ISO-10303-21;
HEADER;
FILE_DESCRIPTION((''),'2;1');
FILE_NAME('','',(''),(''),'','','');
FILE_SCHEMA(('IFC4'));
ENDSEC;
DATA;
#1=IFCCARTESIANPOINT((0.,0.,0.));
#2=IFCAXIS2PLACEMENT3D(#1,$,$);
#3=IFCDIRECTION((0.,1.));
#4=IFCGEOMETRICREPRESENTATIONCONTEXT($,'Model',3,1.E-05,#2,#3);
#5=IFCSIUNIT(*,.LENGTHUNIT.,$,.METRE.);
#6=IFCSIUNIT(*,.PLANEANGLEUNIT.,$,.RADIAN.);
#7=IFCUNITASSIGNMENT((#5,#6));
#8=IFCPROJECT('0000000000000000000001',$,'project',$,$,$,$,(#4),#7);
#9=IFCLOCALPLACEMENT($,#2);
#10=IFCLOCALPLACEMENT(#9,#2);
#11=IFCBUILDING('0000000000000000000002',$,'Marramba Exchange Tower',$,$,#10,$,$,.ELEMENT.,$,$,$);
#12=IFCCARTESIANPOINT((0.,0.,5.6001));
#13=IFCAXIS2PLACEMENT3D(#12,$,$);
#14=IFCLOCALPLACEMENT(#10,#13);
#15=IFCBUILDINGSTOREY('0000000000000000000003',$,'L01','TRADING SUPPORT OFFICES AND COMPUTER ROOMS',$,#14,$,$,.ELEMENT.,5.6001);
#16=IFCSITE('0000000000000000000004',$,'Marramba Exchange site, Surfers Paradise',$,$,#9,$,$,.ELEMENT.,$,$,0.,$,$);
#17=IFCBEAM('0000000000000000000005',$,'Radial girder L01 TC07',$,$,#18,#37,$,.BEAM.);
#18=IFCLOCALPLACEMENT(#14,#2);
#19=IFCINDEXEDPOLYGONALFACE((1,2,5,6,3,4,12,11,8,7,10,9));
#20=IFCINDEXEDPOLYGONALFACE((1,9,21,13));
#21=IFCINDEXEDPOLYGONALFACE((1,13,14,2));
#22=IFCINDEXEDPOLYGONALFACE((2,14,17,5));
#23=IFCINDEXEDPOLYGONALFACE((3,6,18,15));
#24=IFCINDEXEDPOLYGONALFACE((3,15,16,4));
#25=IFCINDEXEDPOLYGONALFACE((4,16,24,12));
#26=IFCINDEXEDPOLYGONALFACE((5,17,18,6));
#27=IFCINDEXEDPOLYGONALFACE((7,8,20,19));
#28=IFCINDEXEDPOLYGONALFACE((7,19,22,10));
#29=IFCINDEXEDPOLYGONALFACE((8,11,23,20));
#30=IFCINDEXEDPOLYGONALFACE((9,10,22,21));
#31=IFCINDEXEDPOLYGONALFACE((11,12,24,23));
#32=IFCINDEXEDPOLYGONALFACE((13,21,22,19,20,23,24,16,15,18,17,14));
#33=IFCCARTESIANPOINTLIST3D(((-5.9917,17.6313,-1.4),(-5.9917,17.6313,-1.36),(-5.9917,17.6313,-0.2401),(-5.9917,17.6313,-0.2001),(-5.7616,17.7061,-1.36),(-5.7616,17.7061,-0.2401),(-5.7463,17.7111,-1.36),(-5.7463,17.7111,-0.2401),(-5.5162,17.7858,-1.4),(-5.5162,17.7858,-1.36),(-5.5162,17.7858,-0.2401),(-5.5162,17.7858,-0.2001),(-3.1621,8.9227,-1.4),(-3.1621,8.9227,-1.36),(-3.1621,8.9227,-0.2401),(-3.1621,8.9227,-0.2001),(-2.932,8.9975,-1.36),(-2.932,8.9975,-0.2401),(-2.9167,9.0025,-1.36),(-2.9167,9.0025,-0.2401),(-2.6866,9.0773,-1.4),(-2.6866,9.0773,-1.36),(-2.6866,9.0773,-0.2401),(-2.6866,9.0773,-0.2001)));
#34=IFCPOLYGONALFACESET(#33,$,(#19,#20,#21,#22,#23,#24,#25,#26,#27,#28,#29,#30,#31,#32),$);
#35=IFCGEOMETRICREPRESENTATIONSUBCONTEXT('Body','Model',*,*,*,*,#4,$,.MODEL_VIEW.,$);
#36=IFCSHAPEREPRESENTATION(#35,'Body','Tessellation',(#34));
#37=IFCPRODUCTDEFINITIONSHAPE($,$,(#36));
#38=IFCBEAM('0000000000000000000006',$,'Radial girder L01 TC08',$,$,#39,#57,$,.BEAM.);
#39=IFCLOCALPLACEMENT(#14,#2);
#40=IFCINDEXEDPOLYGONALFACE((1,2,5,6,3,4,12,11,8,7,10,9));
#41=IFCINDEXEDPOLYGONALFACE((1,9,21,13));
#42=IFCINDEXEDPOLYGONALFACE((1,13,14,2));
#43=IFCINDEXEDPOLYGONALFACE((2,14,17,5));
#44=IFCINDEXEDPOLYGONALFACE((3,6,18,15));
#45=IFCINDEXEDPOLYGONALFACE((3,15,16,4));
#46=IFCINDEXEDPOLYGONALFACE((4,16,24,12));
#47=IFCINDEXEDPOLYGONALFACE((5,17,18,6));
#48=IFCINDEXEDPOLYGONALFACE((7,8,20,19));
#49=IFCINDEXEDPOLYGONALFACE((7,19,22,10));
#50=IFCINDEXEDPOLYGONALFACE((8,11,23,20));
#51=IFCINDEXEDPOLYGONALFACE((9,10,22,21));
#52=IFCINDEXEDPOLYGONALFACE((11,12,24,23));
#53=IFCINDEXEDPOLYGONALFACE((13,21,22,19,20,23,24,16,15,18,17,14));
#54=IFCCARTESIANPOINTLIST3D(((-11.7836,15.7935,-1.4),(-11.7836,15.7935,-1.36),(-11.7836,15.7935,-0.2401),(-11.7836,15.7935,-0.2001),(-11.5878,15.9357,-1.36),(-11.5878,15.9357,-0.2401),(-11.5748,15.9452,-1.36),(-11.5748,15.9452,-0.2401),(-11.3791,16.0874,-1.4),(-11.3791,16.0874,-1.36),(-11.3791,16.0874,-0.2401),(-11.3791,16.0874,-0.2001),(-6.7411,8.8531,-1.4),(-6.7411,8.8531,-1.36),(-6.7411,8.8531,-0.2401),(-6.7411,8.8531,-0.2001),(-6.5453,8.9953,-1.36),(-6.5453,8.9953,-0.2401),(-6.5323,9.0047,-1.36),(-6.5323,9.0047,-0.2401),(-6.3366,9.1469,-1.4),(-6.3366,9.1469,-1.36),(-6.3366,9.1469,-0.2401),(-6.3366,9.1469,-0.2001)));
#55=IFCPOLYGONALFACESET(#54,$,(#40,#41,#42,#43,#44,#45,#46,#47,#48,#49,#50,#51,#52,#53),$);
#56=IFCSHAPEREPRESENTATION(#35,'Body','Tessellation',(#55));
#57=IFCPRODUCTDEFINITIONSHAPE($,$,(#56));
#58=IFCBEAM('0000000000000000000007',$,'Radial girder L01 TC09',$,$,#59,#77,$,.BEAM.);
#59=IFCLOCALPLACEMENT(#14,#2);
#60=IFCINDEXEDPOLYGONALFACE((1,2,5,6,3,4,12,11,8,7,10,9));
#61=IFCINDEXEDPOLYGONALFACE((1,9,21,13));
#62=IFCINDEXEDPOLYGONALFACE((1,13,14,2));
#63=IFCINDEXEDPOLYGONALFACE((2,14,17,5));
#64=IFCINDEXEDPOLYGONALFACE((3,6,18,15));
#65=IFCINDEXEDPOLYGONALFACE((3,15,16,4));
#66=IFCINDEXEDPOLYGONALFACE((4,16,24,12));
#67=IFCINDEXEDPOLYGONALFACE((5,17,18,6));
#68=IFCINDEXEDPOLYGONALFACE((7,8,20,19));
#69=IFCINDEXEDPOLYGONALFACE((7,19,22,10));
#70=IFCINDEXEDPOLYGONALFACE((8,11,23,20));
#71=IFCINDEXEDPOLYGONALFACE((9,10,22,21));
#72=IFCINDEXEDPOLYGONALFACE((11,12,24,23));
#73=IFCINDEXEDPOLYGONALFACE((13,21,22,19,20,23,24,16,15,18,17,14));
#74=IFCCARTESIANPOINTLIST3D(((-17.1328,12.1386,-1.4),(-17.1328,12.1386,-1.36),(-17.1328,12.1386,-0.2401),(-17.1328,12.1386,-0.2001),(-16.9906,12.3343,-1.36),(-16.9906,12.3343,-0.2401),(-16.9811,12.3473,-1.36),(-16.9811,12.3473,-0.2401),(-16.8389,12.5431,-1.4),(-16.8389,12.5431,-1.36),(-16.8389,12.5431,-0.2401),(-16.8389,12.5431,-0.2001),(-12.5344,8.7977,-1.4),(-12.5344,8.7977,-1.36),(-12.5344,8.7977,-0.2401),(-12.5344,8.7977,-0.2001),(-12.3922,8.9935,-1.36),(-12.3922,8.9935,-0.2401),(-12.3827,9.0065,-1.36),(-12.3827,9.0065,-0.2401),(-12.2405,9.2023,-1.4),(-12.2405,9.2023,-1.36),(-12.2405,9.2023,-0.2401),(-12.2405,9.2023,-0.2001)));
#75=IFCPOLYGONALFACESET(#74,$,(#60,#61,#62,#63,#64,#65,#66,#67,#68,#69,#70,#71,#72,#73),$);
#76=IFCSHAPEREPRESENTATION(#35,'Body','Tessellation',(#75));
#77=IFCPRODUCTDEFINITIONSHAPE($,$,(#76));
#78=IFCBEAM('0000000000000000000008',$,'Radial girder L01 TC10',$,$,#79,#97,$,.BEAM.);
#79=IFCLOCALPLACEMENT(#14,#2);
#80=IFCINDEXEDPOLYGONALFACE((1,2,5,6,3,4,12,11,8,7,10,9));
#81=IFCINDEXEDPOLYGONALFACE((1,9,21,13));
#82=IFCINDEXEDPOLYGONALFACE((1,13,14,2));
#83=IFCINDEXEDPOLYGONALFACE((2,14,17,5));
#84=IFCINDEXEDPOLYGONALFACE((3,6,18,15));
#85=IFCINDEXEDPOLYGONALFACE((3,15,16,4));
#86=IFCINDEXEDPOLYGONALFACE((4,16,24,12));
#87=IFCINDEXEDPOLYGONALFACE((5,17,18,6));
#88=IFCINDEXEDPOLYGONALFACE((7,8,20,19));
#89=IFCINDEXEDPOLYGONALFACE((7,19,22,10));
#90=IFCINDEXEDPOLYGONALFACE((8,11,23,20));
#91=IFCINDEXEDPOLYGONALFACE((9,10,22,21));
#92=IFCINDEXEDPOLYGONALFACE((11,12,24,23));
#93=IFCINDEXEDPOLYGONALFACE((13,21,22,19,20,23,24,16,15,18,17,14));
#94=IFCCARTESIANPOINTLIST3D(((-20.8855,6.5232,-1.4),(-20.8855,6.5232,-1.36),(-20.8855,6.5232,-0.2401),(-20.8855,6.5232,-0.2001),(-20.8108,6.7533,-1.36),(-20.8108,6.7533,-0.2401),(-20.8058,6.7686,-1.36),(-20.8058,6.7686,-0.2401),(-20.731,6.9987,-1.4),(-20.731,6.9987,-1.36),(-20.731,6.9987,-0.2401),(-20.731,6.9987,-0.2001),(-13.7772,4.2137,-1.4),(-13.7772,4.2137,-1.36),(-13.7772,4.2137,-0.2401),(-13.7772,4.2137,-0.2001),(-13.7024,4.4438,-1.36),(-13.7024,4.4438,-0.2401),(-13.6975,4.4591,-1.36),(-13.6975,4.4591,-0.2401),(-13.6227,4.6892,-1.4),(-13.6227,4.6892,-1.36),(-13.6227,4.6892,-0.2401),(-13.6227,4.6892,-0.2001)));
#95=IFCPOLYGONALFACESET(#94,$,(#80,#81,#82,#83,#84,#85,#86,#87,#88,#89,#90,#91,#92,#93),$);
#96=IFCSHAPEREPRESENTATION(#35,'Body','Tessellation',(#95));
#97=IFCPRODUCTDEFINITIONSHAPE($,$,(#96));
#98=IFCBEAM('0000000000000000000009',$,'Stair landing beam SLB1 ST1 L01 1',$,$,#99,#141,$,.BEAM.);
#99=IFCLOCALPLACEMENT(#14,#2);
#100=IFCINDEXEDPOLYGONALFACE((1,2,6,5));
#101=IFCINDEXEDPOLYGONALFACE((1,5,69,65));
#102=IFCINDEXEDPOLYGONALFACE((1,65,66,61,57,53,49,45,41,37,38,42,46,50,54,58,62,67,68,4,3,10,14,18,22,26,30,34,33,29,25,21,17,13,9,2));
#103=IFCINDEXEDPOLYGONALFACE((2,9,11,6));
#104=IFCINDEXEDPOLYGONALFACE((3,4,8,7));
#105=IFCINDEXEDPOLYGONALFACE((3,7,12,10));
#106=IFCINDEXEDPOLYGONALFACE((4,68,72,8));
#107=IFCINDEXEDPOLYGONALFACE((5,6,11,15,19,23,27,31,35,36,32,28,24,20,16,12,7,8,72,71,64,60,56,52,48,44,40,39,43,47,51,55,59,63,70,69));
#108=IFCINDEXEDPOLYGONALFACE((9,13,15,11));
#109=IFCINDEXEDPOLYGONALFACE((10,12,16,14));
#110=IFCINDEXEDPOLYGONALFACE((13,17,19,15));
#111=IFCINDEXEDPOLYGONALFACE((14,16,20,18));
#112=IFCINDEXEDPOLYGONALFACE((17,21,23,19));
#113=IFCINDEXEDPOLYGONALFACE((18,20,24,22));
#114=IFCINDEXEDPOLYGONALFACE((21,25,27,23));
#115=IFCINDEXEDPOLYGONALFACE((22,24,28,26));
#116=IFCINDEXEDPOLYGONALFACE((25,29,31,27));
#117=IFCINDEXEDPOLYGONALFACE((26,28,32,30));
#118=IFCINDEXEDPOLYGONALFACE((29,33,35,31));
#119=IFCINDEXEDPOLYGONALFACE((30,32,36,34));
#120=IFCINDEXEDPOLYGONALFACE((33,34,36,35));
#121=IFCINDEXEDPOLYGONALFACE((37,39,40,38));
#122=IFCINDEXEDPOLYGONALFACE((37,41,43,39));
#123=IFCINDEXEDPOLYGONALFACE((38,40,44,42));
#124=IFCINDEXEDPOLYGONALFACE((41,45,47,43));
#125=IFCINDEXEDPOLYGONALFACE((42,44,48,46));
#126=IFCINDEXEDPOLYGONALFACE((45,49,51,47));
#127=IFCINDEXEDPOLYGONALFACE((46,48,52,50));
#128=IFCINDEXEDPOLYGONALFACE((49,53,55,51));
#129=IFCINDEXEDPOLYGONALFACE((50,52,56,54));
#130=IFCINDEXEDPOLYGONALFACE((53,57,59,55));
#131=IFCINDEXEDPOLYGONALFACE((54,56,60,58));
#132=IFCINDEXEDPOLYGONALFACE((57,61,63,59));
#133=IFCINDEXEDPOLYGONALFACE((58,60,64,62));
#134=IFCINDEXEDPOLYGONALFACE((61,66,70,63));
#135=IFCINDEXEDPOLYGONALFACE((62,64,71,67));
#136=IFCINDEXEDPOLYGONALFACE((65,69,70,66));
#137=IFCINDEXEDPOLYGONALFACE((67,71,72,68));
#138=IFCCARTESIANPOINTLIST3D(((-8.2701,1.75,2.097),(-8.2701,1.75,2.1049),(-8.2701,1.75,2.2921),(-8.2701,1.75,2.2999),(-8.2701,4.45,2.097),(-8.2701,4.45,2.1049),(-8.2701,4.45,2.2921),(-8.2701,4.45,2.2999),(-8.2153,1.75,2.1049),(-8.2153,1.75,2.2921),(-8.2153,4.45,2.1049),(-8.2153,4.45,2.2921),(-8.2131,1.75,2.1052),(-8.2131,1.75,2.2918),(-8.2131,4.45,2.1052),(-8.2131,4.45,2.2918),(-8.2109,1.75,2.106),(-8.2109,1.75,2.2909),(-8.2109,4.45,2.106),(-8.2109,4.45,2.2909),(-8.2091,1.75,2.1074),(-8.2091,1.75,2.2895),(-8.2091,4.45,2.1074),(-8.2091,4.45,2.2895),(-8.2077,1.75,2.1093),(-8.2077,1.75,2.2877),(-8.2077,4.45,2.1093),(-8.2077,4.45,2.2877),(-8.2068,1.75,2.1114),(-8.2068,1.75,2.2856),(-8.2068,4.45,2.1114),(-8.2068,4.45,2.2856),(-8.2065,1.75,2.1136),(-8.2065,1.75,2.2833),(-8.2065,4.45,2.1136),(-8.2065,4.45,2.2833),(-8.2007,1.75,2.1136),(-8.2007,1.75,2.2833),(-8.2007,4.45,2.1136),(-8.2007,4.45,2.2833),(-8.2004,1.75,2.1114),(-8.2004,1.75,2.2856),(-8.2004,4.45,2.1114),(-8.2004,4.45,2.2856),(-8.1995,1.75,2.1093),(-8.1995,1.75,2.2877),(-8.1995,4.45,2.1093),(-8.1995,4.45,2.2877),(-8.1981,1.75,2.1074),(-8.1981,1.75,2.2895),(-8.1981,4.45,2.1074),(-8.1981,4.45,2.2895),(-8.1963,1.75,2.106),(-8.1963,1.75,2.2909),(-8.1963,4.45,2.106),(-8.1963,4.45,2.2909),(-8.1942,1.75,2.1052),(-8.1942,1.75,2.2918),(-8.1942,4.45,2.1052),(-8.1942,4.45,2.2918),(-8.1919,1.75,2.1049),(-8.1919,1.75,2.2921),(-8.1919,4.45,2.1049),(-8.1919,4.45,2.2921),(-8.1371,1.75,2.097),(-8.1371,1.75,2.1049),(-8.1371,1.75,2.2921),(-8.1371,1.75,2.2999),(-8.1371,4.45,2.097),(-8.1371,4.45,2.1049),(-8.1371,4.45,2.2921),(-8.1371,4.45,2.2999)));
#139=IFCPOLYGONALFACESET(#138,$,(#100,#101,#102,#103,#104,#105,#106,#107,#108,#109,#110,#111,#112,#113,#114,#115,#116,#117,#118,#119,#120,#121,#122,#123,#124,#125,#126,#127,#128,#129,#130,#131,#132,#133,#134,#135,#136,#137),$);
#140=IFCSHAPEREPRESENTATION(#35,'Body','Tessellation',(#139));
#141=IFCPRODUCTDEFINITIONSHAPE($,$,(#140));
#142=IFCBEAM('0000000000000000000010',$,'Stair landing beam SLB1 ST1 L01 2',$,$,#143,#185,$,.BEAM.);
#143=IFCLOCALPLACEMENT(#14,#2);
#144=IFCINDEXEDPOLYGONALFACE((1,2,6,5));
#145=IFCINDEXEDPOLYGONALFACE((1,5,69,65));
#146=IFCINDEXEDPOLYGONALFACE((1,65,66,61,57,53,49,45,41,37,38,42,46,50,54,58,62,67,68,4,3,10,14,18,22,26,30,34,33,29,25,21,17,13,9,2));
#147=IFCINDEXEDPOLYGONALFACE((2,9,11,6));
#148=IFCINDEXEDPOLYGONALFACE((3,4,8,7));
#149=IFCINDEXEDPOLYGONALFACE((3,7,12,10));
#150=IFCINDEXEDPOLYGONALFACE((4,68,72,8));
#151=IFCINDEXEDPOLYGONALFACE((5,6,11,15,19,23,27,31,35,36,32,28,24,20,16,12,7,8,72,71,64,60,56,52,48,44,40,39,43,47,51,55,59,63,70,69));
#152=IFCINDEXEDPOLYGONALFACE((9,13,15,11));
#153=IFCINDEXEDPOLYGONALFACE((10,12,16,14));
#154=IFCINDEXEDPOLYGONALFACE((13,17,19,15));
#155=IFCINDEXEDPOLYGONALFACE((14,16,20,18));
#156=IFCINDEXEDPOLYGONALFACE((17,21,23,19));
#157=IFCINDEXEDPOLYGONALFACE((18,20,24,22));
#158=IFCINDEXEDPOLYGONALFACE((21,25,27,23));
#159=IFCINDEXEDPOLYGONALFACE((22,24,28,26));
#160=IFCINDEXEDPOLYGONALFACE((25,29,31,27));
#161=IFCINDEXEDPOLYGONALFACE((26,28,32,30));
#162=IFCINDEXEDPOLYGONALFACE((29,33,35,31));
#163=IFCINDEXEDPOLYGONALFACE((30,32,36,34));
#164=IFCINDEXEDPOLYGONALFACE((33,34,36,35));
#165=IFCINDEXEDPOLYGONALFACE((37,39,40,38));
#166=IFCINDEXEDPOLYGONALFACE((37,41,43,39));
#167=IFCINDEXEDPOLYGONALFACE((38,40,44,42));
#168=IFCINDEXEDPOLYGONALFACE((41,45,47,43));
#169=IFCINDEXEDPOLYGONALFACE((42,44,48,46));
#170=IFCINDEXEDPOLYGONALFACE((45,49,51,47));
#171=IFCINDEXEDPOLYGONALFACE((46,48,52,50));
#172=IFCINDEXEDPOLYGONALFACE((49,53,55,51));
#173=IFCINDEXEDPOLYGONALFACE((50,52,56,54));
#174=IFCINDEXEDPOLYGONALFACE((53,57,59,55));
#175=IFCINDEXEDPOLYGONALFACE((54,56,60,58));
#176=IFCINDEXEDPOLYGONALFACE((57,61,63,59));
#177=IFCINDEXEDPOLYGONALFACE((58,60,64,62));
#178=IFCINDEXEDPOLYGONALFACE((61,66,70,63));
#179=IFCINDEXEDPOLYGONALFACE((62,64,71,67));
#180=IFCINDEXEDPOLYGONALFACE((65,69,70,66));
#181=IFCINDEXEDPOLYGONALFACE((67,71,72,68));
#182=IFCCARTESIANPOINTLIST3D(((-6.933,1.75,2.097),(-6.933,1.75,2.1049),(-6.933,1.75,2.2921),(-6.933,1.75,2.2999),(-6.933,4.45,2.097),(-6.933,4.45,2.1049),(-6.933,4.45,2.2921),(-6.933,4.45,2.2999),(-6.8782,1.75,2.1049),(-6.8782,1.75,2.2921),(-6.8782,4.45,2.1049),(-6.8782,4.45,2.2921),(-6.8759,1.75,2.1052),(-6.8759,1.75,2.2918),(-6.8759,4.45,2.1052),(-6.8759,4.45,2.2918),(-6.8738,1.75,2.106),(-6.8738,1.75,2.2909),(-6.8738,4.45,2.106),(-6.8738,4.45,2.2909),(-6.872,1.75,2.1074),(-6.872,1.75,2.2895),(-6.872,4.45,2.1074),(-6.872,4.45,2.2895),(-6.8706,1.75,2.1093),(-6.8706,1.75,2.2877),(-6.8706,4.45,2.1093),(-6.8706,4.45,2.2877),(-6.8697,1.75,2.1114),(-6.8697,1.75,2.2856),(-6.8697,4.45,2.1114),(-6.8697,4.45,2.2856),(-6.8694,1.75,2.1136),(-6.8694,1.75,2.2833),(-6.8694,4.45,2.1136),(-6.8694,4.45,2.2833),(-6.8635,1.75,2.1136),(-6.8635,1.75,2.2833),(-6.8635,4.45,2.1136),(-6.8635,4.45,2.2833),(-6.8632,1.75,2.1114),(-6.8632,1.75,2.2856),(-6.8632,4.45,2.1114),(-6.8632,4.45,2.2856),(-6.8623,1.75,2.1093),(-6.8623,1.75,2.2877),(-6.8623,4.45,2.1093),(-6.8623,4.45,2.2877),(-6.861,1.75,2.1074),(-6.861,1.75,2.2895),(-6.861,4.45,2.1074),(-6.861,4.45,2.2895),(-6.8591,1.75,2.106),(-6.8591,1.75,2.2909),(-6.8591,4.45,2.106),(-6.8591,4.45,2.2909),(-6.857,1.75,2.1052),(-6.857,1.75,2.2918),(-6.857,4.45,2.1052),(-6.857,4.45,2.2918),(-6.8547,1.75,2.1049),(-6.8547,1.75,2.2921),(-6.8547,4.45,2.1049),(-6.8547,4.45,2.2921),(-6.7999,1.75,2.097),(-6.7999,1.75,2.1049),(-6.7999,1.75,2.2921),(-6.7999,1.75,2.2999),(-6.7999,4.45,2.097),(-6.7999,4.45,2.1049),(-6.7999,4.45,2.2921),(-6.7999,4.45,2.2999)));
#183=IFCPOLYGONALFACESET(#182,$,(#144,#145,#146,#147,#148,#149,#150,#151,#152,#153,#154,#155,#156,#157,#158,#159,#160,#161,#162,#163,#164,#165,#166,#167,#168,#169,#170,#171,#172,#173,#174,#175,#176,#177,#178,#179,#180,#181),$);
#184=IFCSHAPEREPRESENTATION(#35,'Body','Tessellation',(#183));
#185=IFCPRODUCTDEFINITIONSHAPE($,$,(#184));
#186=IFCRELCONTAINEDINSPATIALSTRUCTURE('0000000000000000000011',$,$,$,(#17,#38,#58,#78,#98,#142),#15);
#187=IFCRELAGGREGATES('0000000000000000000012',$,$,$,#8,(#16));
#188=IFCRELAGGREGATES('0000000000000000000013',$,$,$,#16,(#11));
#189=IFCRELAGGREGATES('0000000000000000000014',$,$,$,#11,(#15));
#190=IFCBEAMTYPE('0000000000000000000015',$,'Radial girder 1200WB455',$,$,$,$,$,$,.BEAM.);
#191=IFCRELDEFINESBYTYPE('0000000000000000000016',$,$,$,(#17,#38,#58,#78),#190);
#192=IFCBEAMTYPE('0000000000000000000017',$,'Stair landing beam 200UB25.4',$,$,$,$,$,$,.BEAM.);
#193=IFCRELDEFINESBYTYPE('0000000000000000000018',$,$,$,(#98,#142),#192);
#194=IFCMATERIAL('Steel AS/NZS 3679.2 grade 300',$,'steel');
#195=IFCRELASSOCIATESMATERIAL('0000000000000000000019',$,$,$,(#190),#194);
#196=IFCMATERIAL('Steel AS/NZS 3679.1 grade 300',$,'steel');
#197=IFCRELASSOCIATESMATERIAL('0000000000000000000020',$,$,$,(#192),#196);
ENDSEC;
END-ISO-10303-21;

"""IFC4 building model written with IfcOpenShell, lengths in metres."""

from ifc_helpers import new_model, si_unit, direction, frame, origin, origin_2d, place, context, subcontext, project, spatial, i_section, extrude, material, material_profile, profile_set, type_object, element, save


model = new_model("IFC4")

# Units and contexts
model_context = context("Model", 3, precision=1e-05, world=origin(), true_north=direction((0.0, 1.0)))
body_context = subcontext(model_context, "Body", "Model", "MODEL_VIEW")
ifc_project = project(units=[si_unit("LENGTHUNIT", "METRE"), si_unit("PLANEANGLEUNIT", "RADIAN")], contexts=[model_context])

# Site, building, storey
site_placement = place(None, origin())
site = spatial("IfcSite", under=ifc_project, at=site_placement, Name="Marramba Exchange site, Surfers Paradise", CompositionType="ELEMENT", RefElevation=0.0)
building_placement = place(site_placement, origin())
building = spatial("IfcBuilding", under=site, at=building_placement, Name="Marramba Exchange Tower", CompositionType="ELEMENT")
storey_placement = place(building_placement, frame((0.0, 0.0, 5.6001)))
storey = spatial("IfcBuildingStorey", under=building, at=storey_placement, Name="L01", Description="TRADING SUPPORT OFFICES AND COMPUTER ROOMS", CompositionType="ELEMENT", Elevation=5.6001)

# Beams
ifc_material_1 = material(Name="Steel AS/NZS 3679.2 grade 300", Category="steel")
ifc_material_profile_1 = material_profile(ifc_material_1, i_section(OverallWidth=0.5, OverallDepth=1.2, WebThickness=0.0161, FlangeThickness=0.04, at=origin_2d()), Name="1200WB455")
ifc_profile_set_1 = profile_set([ifc_material_profile_1], Name="Steel AS/NZS 3679.2 grade 300")
beam_type_1 = type_object("IfcBeamType", Name="Radial girder 1200WB455", PredefinedType="BEAM", material=ifc_profile_set_1)
beam_1_placement = place(storey_placement, frame((-2.9243, 9.0, -0.8), z_axis=(-0.30902, 0.951056, 0.0), x_axis=(-0.951056, -0.30902, 0.0)))
element("IfcBeam", 1, at=beam_1_placement, inside=storey, type_object=beam_type_1, Name="Radial girder L01 TC07", PredefinedType="BEAM", context=body_context, shape_type="SweptSolid", body=[
    extrude(i_section(OverallWidth=0.5, OverallDepth=1.2, WebThickness=0.0161, FlangeThickness=0.04, at=origin_2d()), origin(), (0.0, 0.0, 1.0), 9.1567),
])
beam_2_placement = place(storey_placement, frame((-6.5388, 9.0, -0.8), z_axis=(-0.587782, 0.809019, 0.0), x_axis=(-0.809019, -0.587782, 0.0)))
element("IfcBeam", 2, at=beam_2_placement, inside=storey, type_object=beam_type_1, Name="Radial girder L01 TC08", PredefinedType="BEAM", context=body_context, shape_type="SweptSolid", body=[
    extrude(i_section(OverallWidth=0.5, OverallDepth=1.2, WebThickness=0.0161, FlangeThickness=0.04, at=origin_2d()), origin(), (0.0, 0.0, 1.0), 8.5789),
])
beam_3_placement = place(storey_placement, frame((-12.3875, 9.0, -0.8), z_axis=(-0.809026, 0.587773, 0.0), x_axis=(-0.587773, -0.809026, 0.0)))
element("IfcBeam", 3, at=beam_3_placement, inside=storey, type_object=beam_type_1, Name="Radial girder L01 TC09", PredefinedType="BEAM", context=body_context, shape_type="SweptSolid", body=[
    extrude(i_section(OverallWidth=0.5, OverallDepth=1.2, WebThickness=0.0161, FlangeThickness=0.04, at=origin_2d()), origin(), (0.0, 0.0, 1.0), 5.6838),
])
beam_4_placement = place(storey_placement, frame((-13.7, 4.4514, -0.8), z_axis=(-0.95106, 0.309006, 0.0), x_axis=(-0.309006, -0.95106, 0.0)))
element("IfcBeam", 4, at=beam_4_placement, inside=storey, type_object=beam_type_1, Name="Radial girder L01 TC10", PredefinedType="BEAM", context=body_context, shape_type="SweptSolid", body=[
    extrude(i_section(OverallWidth=0.5, OverallDepth=1.2, WebThickness=0.0161, FlangeThickness=0.04, at=origin_2d()), origin(), (0.0, 0.0, 1.0), 7.4741),
])
ifc_material_2 = material(Name="Steel AS/NZS 3679.1 grade 300", Category="steel")
ifc_material_profile_2 = material_profile(ifc_material_2, i_section(OverallWidth=0.1331, OverallDepth=0.2029, WebThickness=0.0059, FlangeThickness=0.0078, FilletRadius=0.0088, at=origin_2d()), Name="200UB25.4")
ifc_profile_set_2 = profile_set([ifc_material_profile_2], Name="Steel AS/NZS 3679.1 grade 300")
beam_type_2 = type_object("IfcBeamType", Name="Stair landing beam 200UB25.4", PredefinedType="BEAM", material=ifc_profile_set_2)
for number, where, z_axis, x_axis, name in (
    (5, (-8.2036, 1.75, 2.1985), (0.0, 1.0, 0.0), (-1.0, 0.0, 0.0), "Stair landing beam SLB1 ST1 L01 1"),
    (6, (-6.8665, 1.75, 2.1985), (0.0, 1.0, 0.0), (-1.0, 0.0, 0.0), "Stair landing beam SLB1 ST1 L01 2"),
):
    element("IfcBeam", number, at=place(storey_placement, frame(where, z_axis=z_axis, x_axis=x_axis)), inside=storey, type_object=beam_type_2, Name=name, PredefinedType="BEAM", context=body_context, shape_type="SweptSolid", body=[
        extrude(i_section(OverallWidth=0.1331, OverallDepth=0.2029, WebThickness=0.0059, FlangeThickness=0.0078, FilletRadius=0.0088, at=origin_2d()), origin(), (0.0, 0.0, 1.0), 2.7),
    ])

save(model, "model.ifc")
